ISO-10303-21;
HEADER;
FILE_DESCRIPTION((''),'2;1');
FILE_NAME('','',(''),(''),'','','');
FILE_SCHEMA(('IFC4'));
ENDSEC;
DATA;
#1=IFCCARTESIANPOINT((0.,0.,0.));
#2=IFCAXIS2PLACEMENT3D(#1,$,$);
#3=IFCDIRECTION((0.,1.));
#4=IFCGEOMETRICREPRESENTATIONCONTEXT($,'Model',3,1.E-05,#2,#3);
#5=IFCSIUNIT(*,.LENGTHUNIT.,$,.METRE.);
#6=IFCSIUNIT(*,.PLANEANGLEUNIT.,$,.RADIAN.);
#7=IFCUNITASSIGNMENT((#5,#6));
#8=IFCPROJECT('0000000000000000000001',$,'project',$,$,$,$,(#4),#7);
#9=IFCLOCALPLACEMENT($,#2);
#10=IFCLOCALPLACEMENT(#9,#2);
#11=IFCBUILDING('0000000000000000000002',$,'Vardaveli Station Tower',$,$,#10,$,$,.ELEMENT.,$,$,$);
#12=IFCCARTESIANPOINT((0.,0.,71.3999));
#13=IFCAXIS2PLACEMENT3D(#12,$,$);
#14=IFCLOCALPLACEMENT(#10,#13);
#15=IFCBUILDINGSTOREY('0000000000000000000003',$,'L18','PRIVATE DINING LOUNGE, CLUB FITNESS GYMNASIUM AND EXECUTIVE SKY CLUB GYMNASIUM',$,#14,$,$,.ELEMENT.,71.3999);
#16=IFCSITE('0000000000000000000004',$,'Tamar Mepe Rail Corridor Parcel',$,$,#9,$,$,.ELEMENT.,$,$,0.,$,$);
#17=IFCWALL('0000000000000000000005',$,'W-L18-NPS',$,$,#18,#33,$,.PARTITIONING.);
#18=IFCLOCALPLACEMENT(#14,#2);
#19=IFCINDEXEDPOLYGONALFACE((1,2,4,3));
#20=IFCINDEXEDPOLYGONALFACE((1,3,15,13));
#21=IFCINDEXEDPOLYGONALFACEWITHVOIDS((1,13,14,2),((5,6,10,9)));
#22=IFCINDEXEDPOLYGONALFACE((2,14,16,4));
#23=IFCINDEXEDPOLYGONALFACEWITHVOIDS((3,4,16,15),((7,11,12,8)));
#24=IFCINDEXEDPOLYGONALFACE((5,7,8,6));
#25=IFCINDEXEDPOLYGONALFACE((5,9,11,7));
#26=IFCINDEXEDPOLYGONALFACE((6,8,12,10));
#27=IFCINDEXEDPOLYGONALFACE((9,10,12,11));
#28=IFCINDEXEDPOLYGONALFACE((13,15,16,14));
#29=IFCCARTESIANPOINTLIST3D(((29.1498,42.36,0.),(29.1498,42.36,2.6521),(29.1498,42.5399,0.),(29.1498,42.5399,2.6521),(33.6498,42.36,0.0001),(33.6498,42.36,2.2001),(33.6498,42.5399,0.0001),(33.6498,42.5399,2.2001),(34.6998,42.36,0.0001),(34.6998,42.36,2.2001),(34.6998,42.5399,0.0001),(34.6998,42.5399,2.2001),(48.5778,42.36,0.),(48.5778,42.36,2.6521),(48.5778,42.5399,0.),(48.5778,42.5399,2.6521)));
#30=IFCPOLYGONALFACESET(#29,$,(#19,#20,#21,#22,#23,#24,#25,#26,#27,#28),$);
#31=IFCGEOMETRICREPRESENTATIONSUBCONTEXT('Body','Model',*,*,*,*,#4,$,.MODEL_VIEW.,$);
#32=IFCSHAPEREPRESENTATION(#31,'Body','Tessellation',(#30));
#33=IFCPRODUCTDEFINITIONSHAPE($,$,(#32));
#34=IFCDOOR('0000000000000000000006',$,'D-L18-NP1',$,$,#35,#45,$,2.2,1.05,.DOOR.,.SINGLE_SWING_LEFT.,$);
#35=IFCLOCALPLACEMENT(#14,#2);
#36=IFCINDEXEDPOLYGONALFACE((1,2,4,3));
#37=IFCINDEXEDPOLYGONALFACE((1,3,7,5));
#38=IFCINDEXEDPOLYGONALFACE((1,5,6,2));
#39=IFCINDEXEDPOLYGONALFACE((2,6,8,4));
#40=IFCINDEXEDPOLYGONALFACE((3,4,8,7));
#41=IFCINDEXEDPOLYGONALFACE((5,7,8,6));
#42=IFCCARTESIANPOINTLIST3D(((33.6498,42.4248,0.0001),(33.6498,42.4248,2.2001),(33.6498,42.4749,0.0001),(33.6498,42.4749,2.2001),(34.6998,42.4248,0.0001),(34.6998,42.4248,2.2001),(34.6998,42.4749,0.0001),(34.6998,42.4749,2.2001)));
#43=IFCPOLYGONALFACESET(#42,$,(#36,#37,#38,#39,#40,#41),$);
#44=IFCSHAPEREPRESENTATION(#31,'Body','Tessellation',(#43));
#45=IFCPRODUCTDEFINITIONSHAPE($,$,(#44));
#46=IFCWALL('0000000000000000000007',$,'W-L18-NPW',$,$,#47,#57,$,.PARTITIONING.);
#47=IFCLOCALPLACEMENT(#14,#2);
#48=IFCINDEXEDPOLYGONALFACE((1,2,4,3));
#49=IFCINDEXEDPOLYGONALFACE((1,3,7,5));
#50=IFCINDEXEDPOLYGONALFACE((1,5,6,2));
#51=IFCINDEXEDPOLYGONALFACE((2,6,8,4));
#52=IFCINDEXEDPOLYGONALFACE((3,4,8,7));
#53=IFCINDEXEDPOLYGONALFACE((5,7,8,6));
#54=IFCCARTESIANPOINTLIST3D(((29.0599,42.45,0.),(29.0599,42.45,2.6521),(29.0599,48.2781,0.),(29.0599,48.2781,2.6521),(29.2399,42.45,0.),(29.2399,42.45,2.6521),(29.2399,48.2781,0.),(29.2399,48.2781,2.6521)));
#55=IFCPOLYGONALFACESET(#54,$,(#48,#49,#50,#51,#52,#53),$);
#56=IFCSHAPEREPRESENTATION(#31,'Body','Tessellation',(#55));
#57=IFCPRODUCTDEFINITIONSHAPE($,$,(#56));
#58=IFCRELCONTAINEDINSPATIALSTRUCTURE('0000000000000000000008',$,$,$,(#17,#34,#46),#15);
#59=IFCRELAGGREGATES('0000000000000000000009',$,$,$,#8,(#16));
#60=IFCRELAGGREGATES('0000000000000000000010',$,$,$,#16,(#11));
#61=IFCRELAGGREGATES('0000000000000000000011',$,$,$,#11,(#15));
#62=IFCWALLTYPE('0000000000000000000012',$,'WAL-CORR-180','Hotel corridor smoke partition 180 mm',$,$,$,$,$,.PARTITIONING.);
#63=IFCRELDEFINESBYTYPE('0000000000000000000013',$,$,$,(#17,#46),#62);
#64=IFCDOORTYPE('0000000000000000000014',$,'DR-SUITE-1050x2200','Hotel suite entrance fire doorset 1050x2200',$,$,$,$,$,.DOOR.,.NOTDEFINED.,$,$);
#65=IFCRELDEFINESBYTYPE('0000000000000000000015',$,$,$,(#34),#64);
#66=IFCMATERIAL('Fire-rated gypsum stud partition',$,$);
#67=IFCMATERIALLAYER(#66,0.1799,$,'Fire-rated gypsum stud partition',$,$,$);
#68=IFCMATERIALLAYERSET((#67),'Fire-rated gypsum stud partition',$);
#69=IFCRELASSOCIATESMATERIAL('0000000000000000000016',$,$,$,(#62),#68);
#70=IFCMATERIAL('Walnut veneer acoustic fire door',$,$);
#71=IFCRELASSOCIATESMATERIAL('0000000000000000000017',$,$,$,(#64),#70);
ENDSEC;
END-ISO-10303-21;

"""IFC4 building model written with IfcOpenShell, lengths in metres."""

from ifc_helpers import new_model, si_unit, direction, frame, frame_2d, origin, place, context, subcontext, project, spatial, rectangle, extrude, source, transform, mapped, material, layer, layer_set, type_object, element, fill, save


model = new_model("IFC4")

# Units and contexts
model_context = context("Model", 3, precision=1e-05, world=origin(), true_north=direction((0.0, 1.0)))
body_context = subcontext(model_context, "Body", "Model", "MODEL_VIEW")
ifc_project = project(units=[si_unit("LENGTHUNIT", "METRE"), si_unit("PLANEANGLEUNIT", "RADIAN")], contexts=[model_context])

# Site, building, storey
site_placement = place(None, origin())
site = spatial("IfcSite", under=ifc_project, at=site_placement, Name="Tamar Mepe Rail Corridor Parcel", CompositionType="ELEMENT", RefElevation=0.0)
building_placement = place(site_placement, origin())
building = spatial("IfcBuilding", under=site, at=building_placement, Name="Vardaveli Station Tower", CompositionType="ELEMENT")
storey_placement = place(building_placement, frame((0.0, 0.0, 71.3999)))
storey = spatial("IfcBuildingStorey", under=building, at=storey_placement, Name="L18", Description="PRIVATE DINING LOUNGE, CLUB FITNESS GYMNASIUM AND EXECUTIVE SKY CLUB GYMNASIUM", CompositionType="ELEMENT", Elevation=71.3999)

# Wall, opening, door
ifc_material_1 = material(Name="Fire-rated gypsum stud partition")
ifc_layer_1 = layer(ifc_material_1, 0.1799, Name="Fire-rated gypsum stud partition")
ifc_layer_set_1 = layer_set([ifc_layer_1], Name="Fire-rated gypsum stud partition")
wall_type_1 = type_object("IfcWallType", Name="WAL-CORR-180", Description="Hotel corridor smoke partition 180 mm", PredefinedType="PARTITIONING", material=ifc_layer_set_1)
shared_shape_1 = source(origin(), body_context, "Body", "SweptSolid", [
    extrude(rectangle(XDim=19.428, YDim=0.1799, at=frame_2d((9.7139, 0.0))), origin(), (0.0, 0.0, 1.0), 2.6521),
])
wall_1_placement = place(storey_placement, frame((29.1499, 42.45, 0.0), z_axis=(0.0, 0.0, 1.0), x_axis=(1.0, 0.0, 0.0)))
wall_1 = element("IfcWall", 1, at=wall_1_placement, inside=storey, type_object=wall_type_1, Name="W-L18-NPS", PredefinedType="PARTITIONING", context=body_context, shape_type="MappedRepresentation", body=[
    mapped(shared_shape_1, transform((0.0, 0.0, 0.0), scale=1.0)),
])
shared_shape_2 = source(origin(), body_context, "Body", "SweptSolid", [
    extrude(rectangle(XDim=1.05, YDim=2.2, at=frame_2d((0.5249, 1.1001))), frame((0.0, 0.1001, 0.0), z_axis=(0.0, -1.0, 0.0), x_axis=(1.0, 0.0, 0.0)), (0.0, 0.0, 1.0), 0.2),
])
opening_1_placement = place(wall_1_placement, frame((4.5, 0.0, 0.0)))
opening_1 = element("IfcOpeningElement", 2, at=opening_1_placement, cuts=wall_1, PredefinedType="OPENING", context=body_context, shape_type="MappedRepresentation", body=[
    mapped(shared_shape_2, transform((0.0, 0.0, 0.0), scale=1.0)),
])
ifc_material_2 = material(Name="Walnut veneer acoustic fire door")
door_type = type_object("IfcDoorType", Name="DR-SUITE-1050x2200", Description="Hotel suite entrance fire doorset 1050x2200", OperationType="NOTDEFINED", PredefinedType="DOOR", material=ifc_material_2)
shared_shape_3 = source(origin(), body_context, "Body", "SweptSolid", [
    extrude(rectangle(XDim=1.05, YDim=2.2, at=frame_2d((0.5249, 1.1001))), frame((0.0, 0.0249, 0.0), z_axis=(0.0, -1.0, 0.0), x_axis=(1.0, 0.0, 0.0)), (0.0, 0.0, 1.0), 0.05),
])
door_placement = place(opening_1_placement, origin())
door = element("IfcDoor", 3, at=door_placement, inside=storey, type_object=door_type, Name="D-L18-NP1", OperationType="SINGLE_SWING_LEFT", OverallHeight=2.2, OverallWidth=1.05, PredefinedType="DOOR", context=body_context, shape_type="MappedRepresentation", body=[
    mapped(shared_shape_3, transform((0.0, 0.0, 0.0), scale=1.0)),
])
fill(opening_1, door)

# Wall
shared_shape_4 = source(origin(), body_context, "Body", "SweptSolid", [
    extrude(rectangle(XDim=5.8281, YDim=0.1799, at=frame_2d((2.9141, 0.0))), origin(), (0.0, 0.0, 1.0), 2.6521),
])
wall_2_placement = place(storey_placement, frame((29.1499, 42.45, 0.0), z_axis=(0.0, 0.0, 1.0), x_axis=(0.0, 1.0, 0.0)))
element("IfcWall", 4, at=wall_2_placement, inside=storey, type_object=wall_type_1, Name="W-L18-NPW", PredefinedType="PARTITIONING", context=body_context, shape_type="MappedRepresentation", body=[
    mapped(shared_shape_4, transform((0.0, 0.0, 0.0), scale=1.0)),
])

save(model, "model.ifc")
